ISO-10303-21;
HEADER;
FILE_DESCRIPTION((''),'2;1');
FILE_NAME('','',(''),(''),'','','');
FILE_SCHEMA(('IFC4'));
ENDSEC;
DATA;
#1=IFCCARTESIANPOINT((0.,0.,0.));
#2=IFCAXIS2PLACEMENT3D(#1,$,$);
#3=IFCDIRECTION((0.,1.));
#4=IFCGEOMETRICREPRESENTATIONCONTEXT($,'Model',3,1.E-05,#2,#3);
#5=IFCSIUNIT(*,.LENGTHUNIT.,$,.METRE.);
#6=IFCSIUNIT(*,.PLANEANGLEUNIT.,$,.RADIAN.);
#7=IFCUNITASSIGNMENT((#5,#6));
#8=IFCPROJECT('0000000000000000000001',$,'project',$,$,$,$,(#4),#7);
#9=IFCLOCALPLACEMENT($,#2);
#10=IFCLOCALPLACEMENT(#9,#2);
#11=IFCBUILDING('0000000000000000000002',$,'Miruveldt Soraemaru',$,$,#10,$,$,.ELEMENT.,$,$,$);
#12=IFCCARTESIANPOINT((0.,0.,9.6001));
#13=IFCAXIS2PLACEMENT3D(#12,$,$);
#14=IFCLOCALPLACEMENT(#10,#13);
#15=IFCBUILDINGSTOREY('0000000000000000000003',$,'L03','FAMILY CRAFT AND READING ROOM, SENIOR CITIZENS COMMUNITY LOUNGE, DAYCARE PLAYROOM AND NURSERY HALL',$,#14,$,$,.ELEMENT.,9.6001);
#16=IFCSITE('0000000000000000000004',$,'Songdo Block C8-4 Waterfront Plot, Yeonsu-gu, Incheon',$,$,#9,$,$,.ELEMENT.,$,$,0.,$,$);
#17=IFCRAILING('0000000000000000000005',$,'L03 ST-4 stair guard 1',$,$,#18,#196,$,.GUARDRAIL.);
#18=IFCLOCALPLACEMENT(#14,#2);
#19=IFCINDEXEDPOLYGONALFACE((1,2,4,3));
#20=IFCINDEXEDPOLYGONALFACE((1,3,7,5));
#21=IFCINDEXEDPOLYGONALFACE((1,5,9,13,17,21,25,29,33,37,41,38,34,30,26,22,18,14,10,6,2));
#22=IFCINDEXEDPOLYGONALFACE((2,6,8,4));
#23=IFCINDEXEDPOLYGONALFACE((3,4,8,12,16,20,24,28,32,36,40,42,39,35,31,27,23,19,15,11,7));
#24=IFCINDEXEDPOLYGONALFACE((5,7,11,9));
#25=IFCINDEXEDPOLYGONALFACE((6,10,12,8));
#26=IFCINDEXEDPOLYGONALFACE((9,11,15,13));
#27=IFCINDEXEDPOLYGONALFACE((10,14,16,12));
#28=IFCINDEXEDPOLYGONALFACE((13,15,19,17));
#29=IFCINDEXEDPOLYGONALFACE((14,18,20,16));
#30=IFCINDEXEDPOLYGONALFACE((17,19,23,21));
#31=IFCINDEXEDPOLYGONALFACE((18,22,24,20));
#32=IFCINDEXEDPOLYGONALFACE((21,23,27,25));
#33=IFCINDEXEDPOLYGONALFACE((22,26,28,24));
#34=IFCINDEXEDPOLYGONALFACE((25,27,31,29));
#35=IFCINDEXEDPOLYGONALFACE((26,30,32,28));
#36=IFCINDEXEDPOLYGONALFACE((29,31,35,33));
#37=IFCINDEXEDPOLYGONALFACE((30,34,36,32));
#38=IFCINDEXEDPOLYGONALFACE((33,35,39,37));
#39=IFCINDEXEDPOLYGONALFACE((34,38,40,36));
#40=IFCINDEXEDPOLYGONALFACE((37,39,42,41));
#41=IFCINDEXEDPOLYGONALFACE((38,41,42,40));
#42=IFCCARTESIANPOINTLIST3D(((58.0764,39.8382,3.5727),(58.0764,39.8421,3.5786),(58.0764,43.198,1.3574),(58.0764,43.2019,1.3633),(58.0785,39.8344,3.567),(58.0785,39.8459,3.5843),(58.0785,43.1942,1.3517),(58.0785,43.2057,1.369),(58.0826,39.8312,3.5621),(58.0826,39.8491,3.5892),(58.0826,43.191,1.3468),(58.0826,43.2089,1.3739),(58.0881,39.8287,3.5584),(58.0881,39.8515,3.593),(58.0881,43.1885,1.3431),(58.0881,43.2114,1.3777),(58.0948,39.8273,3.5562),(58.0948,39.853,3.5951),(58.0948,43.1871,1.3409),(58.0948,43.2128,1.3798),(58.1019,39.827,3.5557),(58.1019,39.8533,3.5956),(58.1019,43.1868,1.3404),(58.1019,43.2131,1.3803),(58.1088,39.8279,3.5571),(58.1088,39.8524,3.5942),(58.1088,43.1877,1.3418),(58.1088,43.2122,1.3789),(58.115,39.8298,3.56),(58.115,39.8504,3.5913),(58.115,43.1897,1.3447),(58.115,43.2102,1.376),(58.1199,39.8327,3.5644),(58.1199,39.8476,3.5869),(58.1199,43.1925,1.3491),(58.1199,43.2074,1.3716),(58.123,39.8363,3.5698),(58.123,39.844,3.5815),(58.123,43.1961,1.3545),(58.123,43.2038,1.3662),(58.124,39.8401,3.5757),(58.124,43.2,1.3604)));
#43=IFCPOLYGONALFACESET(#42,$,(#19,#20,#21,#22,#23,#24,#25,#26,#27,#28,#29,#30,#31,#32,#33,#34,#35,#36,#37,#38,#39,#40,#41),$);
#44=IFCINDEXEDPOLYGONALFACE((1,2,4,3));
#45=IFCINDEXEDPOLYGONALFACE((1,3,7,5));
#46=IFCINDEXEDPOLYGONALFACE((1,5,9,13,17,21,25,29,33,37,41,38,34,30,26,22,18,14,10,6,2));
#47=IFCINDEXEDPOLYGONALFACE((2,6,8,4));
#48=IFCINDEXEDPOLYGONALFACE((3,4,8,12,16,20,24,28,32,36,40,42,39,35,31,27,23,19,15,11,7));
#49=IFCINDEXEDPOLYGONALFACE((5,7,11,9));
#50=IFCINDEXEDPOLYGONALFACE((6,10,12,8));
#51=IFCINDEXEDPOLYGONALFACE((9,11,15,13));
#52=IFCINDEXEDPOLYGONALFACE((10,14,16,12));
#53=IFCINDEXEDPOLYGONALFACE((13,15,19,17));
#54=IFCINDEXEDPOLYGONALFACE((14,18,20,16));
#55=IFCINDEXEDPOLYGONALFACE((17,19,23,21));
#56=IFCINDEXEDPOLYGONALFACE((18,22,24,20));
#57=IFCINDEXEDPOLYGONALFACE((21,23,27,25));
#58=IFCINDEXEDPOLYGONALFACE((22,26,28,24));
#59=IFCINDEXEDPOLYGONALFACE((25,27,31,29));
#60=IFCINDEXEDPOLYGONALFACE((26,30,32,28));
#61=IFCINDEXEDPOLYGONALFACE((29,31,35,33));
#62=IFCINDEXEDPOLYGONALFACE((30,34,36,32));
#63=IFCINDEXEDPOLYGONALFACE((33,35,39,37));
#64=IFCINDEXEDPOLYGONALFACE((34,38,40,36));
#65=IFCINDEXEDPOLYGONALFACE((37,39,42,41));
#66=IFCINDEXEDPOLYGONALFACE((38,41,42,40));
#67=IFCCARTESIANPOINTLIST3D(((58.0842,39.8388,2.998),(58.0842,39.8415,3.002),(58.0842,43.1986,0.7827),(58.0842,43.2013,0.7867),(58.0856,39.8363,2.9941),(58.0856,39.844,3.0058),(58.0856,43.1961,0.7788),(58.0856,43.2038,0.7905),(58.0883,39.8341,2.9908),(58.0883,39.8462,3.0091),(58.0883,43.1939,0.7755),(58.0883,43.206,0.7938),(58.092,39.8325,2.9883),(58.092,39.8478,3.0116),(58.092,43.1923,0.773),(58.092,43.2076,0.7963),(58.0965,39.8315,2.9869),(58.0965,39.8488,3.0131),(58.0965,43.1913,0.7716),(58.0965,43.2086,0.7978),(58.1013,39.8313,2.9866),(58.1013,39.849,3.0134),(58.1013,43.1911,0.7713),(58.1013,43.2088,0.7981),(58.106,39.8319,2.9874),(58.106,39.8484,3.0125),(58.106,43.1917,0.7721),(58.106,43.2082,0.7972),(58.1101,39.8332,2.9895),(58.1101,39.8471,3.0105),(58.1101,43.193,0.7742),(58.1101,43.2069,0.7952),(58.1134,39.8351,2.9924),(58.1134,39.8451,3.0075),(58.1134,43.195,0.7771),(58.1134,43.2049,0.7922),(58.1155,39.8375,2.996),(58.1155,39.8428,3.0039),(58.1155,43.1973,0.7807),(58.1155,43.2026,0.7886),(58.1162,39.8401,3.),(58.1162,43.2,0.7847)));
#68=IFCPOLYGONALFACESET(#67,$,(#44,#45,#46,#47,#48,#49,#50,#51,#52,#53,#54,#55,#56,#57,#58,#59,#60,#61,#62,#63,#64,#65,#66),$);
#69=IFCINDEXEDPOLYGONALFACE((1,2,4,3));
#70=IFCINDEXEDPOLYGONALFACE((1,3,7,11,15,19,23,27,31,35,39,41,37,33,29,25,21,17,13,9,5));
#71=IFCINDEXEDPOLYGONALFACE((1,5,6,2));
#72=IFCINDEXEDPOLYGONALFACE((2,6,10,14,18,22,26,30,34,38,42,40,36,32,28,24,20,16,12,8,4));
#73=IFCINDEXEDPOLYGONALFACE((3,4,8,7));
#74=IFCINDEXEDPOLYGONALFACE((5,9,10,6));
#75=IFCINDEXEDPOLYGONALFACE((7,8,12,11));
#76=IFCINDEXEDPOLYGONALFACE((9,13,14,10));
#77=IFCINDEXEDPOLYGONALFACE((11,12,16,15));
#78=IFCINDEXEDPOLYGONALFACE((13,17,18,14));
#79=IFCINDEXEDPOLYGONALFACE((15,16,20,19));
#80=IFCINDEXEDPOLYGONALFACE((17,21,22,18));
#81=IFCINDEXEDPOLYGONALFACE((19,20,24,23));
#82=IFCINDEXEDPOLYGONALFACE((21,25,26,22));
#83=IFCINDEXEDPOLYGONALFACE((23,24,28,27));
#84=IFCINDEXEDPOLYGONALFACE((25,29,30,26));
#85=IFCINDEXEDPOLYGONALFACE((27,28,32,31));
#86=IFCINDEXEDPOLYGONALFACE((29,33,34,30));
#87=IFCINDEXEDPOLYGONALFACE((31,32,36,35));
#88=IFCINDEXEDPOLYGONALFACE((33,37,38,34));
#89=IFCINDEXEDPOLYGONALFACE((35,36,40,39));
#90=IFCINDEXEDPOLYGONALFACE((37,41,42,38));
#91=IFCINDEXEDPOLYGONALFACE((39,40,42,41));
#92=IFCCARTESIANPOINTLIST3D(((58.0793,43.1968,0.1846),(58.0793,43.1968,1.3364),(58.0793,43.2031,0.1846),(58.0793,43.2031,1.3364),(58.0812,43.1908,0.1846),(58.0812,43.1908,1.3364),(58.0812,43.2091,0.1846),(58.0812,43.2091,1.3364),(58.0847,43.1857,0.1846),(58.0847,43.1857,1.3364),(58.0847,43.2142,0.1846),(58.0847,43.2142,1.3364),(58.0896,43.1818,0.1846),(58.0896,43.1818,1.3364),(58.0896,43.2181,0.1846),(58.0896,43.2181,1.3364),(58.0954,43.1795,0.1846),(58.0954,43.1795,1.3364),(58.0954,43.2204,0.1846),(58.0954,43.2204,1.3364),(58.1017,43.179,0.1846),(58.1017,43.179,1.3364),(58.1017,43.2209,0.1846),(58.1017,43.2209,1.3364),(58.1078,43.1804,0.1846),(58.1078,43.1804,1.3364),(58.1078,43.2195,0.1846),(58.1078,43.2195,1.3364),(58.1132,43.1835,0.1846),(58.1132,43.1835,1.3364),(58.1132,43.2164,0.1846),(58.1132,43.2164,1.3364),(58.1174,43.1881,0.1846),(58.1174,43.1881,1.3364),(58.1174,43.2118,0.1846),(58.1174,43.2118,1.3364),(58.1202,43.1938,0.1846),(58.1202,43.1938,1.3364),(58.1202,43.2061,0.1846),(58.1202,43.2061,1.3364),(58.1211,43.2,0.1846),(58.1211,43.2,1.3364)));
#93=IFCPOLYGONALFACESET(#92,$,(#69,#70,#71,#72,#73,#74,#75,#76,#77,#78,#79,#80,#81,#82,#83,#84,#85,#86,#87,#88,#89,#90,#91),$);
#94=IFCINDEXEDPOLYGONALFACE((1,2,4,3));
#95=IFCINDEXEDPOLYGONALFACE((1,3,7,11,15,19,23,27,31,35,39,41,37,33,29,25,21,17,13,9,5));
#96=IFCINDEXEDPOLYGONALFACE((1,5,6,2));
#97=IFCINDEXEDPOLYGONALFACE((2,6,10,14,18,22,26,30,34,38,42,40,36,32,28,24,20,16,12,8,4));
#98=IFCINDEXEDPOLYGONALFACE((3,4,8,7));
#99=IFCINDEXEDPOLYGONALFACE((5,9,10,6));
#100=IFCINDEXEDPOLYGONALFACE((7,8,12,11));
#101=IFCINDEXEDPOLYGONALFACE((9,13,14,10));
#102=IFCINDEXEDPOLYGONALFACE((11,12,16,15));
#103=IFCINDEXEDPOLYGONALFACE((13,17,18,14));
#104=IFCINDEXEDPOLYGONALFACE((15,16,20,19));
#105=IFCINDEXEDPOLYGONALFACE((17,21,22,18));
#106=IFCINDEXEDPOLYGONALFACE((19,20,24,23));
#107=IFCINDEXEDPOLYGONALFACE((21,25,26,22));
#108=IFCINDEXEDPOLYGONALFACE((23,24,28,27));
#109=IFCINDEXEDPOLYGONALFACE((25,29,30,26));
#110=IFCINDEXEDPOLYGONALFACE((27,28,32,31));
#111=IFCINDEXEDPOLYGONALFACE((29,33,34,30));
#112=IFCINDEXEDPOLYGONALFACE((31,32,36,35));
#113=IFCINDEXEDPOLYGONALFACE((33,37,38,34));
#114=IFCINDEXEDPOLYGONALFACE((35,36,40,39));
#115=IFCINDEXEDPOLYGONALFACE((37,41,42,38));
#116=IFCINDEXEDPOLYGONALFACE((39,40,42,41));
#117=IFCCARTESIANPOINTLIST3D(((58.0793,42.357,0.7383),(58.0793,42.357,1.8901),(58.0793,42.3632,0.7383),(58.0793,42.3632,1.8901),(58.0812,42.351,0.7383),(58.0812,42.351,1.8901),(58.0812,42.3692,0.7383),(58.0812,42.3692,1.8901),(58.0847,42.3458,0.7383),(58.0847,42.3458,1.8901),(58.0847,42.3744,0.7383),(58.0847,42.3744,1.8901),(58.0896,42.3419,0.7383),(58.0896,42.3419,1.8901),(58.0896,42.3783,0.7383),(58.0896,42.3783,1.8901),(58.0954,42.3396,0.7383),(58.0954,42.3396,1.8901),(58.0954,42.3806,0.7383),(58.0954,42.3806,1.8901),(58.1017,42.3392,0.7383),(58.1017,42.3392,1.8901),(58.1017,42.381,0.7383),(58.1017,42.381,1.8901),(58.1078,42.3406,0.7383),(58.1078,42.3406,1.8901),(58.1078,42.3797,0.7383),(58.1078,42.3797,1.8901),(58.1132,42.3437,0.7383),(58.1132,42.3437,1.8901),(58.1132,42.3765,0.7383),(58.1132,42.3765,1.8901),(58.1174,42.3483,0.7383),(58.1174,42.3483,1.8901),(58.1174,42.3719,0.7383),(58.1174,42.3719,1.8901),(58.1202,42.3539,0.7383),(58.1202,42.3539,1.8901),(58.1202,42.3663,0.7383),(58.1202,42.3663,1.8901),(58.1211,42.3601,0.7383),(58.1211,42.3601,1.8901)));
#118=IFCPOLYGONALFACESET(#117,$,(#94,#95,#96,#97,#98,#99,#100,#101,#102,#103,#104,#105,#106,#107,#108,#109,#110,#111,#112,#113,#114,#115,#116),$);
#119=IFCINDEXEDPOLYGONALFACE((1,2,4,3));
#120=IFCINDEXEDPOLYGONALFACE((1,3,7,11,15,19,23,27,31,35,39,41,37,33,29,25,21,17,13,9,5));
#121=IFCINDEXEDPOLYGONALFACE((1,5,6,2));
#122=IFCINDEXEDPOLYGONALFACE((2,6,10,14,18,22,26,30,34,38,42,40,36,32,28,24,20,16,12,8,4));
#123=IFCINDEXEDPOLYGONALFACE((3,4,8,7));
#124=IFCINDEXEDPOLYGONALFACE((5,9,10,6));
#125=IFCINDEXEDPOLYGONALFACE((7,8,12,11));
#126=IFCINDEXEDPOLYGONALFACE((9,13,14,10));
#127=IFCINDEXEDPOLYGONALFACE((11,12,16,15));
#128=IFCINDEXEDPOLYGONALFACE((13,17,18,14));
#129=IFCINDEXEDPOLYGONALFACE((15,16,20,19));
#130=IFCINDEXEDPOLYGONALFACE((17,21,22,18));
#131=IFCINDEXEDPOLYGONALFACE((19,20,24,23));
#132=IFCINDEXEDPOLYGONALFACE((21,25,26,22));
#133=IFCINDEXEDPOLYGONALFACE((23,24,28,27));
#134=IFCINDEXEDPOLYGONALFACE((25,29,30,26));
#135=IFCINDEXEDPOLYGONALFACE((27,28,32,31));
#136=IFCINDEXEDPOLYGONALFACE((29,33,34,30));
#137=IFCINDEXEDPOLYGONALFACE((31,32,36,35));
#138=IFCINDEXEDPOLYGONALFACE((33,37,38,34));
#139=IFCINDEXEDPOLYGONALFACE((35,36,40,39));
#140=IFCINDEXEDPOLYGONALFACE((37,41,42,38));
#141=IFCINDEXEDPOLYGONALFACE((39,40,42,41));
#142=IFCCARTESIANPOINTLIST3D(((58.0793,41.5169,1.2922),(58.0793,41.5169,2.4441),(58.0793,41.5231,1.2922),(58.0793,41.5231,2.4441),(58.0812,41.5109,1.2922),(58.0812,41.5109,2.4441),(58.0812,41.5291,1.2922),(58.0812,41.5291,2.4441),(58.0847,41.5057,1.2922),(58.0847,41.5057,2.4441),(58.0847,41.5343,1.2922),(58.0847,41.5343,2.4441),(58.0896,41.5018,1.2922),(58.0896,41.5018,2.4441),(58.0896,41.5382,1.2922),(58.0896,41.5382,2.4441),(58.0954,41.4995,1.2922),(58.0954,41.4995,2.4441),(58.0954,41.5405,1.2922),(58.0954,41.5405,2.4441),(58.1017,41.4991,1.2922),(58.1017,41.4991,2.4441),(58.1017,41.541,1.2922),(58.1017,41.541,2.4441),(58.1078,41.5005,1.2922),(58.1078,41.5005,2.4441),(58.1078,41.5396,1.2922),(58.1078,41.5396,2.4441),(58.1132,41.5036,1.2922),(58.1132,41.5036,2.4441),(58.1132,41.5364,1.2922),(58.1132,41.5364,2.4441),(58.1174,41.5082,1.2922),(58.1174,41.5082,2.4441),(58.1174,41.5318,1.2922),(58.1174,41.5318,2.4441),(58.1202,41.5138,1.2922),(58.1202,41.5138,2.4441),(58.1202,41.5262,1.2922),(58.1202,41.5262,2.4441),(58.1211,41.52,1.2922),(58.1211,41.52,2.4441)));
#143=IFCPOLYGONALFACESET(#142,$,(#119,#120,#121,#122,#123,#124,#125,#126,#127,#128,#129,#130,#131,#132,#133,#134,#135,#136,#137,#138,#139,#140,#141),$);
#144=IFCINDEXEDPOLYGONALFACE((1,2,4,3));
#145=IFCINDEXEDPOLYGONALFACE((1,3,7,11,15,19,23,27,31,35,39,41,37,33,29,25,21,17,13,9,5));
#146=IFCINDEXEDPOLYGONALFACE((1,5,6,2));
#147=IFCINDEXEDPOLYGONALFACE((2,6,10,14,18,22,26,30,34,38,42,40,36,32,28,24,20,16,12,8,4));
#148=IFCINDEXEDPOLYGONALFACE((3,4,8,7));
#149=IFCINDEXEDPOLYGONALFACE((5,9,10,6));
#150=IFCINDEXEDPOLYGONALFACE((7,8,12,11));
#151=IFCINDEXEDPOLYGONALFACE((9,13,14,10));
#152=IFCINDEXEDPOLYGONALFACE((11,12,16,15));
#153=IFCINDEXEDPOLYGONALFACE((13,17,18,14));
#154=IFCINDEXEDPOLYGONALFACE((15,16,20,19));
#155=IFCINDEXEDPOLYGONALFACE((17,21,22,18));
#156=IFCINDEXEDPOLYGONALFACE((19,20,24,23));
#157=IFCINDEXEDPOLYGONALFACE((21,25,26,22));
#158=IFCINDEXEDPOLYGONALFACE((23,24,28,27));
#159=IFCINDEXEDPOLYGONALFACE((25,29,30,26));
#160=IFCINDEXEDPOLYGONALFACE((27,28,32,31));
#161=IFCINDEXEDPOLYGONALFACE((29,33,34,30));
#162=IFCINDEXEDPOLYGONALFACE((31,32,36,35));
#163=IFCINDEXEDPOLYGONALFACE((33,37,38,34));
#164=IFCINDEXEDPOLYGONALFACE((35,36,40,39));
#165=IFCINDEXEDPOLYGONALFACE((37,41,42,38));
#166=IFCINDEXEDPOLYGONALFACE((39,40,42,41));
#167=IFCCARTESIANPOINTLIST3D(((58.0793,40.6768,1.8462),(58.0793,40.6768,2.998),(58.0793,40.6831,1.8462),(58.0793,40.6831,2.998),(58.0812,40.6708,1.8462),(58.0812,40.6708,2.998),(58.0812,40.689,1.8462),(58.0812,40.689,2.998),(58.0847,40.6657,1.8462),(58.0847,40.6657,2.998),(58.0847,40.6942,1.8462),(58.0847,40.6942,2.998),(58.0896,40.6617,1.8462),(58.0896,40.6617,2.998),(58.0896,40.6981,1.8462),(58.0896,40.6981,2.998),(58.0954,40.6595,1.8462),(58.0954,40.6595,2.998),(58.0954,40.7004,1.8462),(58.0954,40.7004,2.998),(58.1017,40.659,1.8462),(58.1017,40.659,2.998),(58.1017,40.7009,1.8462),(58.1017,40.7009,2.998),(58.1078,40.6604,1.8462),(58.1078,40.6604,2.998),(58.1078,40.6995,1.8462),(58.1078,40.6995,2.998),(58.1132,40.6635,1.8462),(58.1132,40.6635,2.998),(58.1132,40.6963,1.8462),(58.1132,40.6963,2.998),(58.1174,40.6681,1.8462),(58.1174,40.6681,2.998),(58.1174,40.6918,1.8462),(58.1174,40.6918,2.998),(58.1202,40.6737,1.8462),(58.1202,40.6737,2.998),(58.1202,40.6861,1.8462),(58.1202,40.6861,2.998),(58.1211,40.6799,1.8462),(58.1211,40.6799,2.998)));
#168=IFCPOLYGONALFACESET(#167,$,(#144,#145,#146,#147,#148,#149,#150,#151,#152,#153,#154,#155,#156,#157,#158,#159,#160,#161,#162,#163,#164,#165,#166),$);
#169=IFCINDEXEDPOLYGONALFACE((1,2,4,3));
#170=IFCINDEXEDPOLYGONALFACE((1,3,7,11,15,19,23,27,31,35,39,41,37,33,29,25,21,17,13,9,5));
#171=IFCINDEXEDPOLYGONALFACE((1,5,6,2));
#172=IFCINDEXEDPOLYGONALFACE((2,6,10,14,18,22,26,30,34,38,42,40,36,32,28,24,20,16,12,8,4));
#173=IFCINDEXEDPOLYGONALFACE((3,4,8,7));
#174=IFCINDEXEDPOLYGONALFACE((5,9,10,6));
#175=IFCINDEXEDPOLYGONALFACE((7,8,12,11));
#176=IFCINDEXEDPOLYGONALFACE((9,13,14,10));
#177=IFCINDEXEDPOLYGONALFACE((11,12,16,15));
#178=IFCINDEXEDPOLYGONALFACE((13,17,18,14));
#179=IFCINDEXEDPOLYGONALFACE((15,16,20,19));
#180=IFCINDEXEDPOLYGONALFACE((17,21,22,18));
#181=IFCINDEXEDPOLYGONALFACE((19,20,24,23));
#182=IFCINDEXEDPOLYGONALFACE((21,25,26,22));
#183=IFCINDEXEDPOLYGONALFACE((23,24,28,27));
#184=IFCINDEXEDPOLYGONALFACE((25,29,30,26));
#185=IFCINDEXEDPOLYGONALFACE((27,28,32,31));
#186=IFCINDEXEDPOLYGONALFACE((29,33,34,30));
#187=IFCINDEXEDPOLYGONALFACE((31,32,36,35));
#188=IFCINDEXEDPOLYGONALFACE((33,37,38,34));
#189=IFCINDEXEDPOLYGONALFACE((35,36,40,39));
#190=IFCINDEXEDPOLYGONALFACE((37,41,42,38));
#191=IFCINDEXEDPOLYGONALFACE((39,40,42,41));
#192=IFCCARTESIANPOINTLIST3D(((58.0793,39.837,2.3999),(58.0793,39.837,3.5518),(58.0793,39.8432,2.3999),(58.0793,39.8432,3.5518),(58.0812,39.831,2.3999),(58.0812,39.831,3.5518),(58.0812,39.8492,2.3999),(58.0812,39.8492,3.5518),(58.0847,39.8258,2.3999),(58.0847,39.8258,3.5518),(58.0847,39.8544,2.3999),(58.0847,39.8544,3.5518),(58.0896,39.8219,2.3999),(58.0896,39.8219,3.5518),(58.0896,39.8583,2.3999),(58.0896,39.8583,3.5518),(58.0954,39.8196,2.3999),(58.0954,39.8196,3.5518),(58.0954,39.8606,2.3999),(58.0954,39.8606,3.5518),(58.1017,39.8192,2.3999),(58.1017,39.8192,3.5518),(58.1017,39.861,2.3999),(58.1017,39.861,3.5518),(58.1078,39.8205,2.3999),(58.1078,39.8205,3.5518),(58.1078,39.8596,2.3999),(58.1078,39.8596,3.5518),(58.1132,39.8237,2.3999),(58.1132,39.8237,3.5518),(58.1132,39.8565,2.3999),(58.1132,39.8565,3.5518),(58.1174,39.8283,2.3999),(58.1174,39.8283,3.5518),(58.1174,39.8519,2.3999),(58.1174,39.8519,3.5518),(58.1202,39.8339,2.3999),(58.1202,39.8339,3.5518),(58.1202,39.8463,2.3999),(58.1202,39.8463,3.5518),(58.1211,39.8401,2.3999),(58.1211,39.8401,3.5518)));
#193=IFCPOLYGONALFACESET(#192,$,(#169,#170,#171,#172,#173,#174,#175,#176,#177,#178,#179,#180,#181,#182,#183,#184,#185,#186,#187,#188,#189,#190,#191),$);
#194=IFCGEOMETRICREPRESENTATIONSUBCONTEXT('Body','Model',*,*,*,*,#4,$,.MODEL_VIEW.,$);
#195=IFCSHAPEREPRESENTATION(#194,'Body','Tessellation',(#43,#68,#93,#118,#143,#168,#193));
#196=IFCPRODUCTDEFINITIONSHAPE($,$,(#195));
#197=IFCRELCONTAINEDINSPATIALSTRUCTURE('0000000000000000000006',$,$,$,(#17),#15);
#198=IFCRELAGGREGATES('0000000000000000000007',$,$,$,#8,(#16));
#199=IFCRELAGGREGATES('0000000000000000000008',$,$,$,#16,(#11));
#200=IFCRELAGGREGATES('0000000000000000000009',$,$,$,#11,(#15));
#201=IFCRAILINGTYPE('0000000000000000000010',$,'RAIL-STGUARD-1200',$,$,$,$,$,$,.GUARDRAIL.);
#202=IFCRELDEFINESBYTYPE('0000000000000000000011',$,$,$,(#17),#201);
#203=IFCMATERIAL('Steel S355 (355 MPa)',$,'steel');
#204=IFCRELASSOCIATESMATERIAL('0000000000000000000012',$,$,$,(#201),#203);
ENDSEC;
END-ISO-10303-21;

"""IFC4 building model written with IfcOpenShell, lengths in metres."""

from ifc_helpers import new_model, si_unit, direction, frame, origin, origin_2d, place, context, subcontext, project, spatial, circle, extrude, material, type_object, element, save


model = new_model("IFC4")

# Units and contexts
model_context = context("Model", 3, precision=1e-05, world=origin(), true_north=direction((0.0, 1.0)))
body_context = subcontext(model_context, "Body", "Model", "MODEL_VIEW")
ifc_project = project(units=[si_unit("LENGTHUNIT", "METRE"), si_unit("PLANEANGLEUNIT", "RADIAN")], contexts=[model_context])

# Site, building, storey
site_placement = place(None, origin())
site = spatial("IfcSite", under=ifc_project, at=site_placement, Name="Songdo Block C8-4 Waterfront Plot, Yeonsu-gu, Incheon", CompositionType="ELEMENT", RefElevation=0.0)
building_placement = place(site_placement, origin())
building = spatial("IfcBuilding", under=site, at=building_placement, Name="Miruveldt Soraemaru", CompositionType="ELEMENT")
storey_placement = place(building_placement, frame((0.0, 0.0, 9.6001)))
storey = spatial("IfcBuildingStorey", under=building, at=storey_placement, Name="L03", Description="FAMILY CRAFT AND READING ROOM, SENIOR CITIZENS COMMUNITY LOUNGE, DAYCARE PLAYROOM AND NURSERY HALL", CompositionType="ELEMENT", Elevation=9.6001)

# Shared definitions
ifc_material_1 = material(Name="Steel S355 (355 MPa)", Category="steel")

# Railing
railing_type_1 = type_object("IfcRailingType", Name="RAIL-STGUARD-1200", PredefinedType="GUARDRAIL", material=ifc_material_1)
railing_1_placement = place(storey_placement, frame((58.1001, 43.2, 0.1846)))
element("IfcRailing", 1, at=railing_1_placement, inside=storey, type_object=railing_type_1, Name="L03 ST-4 stair guard 1", PredefinedType="GUARDRAIL", context=body_context, shape_type="SweptSolid", body=[
    extrude(circle(Radius=0.0239, at=origin_2d()), frame((0.0, 0.0, 1.1758), z_axis=(0.0, -0.834858, 0.550465), x_axis=(1.0, 0.0, 0.0)), (0.0, 0.0, 1.0), 4.0244),
    extrude(circle(Radius=0.0161, at=origin_2d()), frame((0.0, 0.0, 0.6001), z_axis=(0.0, -0.834858, 0.550465), x_axis=(1.0, 0.0, 0.0)), (0.0, 0.0, 1.0), 4.0244),
    extrude(circle(Radius=0.021, at=origin_2d()), origin(), (0.0, 0.0, 1.0), 1.1519),
    extrude(circle(Radius=0.021, at=origin_2d()), frame((0.0, -0.8398, 0.5537)), (0.0, 0.0, 1.0), 1.1519),
    extrude(circle(Radius=0.021, at=origin_2d()), frame((0.0, -1.6799, 1.1077)), (0.0, 0.0, 1.0), 1.1519),
    extrude(circle(Radius=0.021, at=origin_2d()), frame((0.0, -2.52, 1.6616)), (0.0, 0.0, 1.0), 1.1519),
    extrude(circle(Radius=0.021, at=origin_2d()), frame((0.0, -3.3599, 2.2153)), (0.0, 0.0, 1.0), 1.1519),
])

save(model, "model.ifc")
